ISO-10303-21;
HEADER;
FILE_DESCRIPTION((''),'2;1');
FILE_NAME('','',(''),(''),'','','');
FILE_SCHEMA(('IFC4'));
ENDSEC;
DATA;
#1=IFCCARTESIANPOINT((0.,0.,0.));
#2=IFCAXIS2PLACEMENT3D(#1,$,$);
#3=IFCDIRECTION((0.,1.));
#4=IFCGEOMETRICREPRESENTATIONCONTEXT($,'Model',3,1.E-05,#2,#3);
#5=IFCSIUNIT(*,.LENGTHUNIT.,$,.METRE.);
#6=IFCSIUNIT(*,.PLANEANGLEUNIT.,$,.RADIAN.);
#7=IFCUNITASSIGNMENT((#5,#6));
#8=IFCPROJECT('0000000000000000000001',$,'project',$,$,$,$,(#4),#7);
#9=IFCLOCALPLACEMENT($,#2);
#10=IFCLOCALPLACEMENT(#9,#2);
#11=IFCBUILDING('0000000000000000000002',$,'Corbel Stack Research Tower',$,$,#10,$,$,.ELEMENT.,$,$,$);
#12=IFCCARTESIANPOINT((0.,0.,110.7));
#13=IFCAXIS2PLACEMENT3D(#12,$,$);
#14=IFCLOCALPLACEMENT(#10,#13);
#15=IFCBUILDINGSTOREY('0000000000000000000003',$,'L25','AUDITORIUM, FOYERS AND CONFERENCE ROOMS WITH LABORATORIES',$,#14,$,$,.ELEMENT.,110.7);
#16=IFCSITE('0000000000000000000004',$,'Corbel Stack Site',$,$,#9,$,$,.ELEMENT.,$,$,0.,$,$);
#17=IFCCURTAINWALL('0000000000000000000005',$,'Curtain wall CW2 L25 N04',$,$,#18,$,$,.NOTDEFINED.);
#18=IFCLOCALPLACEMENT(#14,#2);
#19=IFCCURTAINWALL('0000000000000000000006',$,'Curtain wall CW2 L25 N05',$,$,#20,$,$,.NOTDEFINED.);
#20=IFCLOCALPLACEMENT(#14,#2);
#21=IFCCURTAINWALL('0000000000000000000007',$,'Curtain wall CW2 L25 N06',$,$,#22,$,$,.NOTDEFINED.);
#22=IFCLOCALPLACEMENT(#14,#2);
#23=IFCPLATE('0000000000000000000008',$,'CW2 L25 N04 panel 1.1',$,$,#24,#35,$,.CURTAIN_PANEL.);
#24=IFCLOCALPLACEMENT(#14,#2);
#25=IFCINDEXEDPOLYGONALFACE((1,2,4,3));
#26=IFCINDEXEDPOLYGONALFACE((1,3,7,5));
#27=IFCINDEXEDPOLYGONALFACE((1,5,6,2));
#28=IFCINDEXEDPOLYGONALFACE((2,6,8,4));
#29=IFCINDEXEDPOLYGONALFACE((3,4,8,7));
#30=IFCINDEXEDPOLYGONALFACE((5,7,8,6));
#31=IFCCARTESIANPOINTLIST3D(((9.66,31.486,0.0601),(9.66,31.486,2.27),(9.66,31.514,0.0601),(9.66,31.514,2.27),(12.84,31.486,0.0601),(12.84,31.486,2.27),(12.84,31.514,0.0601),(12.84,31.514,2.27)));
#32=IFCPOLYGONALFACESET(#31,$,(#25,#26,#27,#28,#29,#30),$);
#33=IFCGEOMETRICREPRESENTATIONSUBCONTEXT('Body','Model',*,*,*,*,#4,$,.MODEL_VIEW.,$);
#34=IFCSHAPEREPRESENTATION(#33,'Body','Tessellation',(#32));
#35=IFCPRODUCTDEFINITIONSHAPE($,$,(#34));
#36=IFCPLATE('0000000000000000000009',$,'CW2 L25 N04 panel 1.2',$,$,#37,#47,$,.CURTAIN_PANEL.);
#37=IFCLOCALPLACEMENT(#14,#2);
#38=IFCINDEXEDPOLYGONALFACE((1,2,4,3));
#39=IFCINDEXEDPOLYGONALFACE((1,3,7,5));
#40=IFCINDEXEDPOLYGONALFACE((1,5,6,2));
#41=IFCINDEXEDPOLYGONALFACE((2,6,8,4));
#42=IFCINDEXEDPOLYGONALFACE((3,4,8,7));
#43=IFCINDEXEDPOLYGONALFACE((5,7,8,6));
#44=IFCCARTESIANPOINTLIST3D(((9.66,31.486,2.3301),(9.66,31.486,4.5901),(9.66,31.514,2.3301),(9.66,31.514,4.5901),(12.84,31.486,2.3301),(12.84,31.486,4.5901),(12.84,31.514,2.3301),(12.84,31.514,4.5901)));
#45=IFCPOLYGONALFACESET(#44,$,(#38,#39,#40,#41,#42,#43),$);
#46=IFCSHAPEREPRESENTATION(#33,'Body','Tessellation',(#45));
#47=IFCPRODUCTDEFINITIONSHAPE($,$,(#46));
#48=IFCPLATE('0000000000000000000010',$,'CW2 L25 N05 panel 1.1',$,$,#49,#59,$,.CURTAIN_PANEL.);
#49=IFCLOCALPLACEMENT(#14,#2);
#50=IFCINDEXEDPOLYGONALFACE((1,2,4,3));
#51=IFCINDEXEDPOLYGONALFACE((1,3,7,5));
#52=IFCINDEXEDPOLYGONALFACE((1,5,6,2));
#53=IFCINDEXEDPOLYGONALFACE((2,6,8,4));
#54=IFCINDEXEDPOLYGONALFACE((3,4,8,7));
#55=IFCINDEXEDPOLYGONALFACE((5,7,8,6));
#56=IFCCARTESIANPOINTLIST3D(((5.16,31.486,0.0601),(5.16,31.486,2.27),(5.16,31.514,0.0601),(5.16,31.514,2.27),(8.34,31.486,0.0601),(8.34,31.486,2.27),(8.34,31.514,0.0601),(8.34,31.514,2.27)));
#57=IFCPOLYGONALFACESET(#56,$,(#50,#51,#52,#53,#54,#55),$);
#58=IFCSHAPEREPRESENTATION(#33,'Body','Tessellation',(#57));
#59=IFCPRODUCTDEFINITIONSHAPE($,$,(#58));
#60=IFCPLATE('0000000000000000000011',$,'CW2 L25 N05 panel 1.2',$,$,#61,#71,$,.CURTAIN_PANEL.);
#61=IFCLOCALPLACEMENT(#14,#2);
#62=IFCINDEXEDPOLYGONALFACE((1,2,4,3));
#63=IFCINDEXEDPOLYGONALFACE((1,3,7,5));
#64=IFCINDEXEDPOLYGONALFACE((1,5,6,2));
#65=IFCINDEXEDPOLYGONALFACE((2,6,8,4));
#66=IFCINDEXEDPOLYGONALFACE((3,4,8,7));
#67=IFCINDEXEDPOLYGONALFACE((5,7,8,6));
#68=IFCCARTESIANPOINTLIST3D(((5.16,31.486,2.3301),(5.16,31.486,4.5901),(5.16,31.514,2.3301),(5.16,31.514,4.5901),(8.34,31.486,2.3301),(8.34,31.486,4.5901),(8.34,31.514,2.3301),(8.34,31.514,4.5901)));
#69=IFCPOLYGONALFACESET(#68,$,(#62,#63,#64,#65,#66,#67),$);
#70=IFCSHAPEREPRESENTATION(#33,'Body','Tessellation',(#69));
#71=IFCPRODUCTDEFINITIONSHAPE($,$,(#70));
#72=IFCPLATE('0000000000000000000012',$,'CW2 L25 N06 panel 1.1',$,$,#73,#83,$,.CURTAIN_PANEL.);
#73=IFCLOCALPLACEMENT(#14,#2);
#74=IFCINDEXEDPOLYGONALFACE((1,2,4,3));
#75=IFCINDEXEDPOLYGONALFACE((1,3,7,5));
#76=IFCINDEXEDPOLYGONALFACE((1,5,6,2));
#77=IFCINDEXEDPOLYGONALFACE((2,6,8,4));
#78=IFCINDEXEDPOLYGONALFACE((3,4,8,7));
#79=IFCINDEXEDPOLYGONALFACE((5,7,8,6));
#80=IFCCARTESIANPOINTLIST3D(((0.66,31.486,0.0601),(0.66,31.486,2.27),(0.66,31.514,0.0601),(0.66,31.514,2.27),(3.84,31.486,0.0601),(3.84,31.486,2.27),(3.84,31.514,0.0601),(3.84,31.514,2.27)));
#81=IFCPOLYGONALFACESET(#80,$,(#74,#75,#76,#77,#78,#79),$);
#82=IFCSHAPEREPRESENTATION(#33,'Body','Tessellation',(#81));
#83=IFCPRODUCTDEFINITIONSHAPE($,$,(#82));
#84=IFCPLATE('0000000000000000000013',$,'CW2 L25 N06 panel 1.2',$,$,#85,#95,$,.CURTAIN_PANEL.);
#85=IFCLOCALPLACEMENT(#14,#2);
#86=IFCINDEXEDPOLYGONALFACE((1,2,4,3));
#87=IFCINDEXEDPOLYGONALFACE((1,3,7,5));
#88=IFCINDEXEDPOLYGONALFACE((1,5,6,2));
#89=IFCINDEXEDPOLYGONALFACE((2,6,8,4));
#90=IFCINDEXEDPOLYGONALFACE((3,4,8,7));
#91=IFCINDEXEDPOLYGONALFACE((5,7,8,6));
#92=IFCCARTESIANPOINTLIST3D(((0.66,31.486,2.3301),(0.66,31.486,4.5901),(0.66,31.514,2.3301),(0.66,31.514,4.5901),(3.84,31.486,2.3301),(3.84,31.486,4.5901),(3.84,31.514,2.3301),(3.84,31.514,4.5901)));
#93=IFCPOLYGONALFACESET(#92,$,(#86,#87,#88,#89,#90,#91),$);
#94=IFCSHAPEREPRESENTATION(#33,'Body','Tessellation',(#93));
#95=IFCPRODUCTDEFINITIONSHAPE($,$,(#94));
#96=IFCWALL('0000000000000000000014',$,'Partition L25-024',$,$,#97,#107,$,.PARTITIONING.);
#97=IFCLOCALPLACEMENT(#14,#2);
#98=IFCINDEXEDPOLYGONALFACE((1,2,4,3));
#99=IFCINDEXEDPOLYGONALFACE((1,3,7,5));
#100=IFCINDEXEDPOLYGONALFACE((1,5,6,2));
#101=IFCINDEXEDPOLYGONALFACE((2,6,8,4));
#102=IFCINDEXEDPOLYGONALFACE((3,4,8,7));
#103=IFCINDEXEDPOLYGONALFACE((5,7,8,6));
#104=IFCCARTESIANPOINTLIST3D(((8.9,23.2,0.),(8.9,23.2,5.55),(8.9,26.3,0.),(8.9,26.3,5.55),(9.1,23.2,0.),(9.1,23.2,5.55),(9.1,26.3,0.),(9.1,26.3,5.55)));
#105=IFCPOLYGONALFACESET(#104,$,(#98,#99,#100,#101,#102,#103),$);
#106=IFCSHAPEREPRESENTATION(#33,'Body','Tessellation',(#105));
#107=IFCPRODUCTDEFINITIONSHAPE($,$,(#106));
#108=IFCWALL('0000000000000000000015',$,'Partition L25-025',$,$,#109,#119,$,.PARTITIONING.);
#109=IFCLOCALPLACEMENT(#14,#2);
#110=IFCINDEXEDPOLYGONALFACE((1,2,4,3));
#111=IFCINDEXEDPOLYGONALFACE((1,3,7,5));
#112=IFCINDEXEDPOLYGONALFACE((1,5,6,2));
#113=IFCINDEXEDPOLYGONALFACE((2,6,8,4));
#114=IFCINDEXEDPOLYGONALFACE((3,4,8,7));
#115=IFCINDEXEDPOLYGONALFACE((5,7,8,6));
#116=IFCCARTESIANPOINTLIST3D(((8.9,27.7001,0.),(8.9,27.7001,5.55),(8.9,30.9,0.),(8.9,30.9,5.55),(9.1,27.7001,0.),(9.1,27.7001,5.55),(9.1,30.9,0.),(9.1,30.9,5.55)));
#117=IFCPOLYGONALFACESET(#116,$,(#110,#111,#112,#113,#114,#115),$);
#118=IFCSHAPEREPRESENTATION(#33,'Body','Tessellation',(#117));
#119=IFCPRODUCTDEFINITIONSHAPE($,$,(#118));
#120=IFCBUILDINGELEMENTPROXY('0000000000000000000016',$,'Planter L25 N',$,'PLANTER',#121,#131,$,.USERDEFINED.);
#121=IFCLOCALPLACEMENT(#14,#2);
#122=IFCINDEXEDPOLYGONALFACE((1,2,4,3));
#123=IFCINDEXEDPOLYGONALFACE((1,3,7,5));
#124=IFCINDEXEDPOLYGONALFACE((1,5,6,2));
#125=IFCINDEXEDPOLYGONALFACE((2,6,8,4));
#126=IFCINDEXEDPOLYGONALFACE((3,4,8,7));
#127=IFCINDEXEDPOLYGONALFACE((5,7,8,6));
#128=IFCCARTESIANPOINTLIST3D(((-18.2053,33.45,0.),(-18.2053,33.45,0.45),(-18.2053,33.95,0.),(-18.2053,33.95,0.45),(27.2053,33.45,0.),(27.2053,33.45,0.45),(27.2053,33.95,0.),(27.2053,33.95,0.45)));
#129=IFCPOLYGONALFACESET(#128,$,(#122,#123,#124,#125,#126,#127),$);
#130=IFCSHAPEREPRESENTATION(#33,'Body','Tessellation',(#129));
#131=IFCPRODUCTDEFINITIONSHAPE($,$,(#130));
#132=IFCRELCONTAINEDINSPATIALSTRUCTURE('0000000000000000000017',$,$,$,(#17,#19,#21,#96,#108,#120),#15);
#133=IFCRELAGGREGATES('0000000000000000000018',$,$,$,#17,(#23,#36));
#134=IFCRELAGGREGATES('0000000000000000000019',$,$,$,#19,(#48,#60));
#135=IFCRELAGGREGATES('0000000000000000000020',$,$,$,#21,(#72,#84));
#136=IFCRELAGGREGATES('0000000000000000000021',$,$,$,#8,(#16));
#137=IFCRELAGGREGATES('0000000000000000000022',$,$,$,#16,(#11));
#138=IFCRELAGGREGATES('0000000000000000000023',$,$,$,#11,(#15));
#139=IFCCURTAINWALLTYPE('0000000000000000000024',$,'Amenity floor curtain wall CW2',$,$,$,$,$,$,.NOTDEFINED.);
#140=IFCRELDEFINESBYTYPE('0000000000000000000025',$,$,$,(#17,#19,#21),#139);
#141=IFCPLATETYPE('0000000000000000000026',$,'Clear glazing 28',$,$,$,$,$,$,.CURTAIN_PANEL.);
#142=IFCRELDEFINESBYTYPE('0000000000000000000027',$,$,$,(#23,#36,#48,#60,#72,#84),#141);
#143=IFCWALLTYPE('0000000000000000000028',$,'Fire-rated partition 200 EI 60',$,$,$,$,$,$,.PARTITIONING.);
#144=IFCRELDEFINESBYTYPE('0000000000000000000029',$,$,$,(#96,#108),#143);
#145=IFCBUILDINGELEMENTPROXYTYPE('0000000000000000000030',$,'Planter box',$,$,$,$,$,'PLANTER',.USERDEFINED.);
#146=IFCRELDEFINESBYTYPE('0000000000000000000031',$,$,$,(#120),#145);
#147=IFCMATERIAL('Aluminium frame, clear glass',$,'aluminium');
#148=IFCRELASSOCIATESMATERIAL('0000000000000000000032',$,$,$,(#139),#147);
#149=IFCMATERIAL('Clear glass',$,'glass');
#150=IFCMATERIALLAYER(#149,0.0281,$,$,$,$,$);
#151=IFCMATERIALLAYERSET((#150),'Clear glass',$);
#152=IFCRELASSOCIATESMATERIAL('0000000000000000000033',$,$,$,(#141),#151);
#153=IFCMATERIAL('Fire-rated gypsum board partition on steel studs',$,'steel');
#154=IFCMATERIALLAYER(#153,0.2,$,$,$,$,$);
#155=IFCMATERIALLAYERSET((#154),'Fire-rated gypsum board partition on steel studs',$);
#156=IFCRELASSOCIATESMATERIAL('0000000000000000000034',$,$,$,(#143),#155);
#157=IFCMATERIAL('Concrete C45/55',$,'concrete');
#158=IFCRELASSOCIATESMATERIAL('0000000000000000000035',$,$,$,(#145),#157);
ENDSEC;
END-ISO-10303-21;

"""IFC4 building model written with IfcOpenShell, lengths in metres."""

from ifc_helpers import new_model, si_unit, direction, frame, frame_2d, origin, origin_2d, place, context, subcontext, project, spatial, rectangle, extrude, material, layer, layer_set, type_object, element, aggregate, save


model = new_model("IFC4")

# Units and contexts
model_context = context("Model", 3, precision=1e-05, world=origin(), true_north=direction((0.0, 1.0)))
body_context = subcontext(model_context, "Body", "Model", "MODEL_VIEW")
ifc_project = project(units=[si_unit("LENGTHUNIT", "METRE"), si_unit("PLANEANGLEUNIT", "RADIAN")], contexts=[model_context])

# Site, building, storey
site_placement = place(None, origin())
site = spatial("IfcSite", under=ifc_project, at=site_placement, Name="Corbel Stack Site", CompositionType="ELEMENT", RefElevation=0.0)
building_placement = place(site_placement, origin())
building = spatial("IfcBuilding", under=site, at=building_placement, Name="Corbel Stack Research Tower", CompositionType="ELEMENT")
storey_placement = place(building_placement, frame((0.0, 0.0, 110.7)))
storey = spatial("IfcBuildingStorey", under=building, at=storey_placement, Name="L25", Description="AUDITORIUM, FOYERS AND CONFERENCE ROOMS WITH LABORATORIES", CompositionType="ELEMENT", Elevation=110.7)

# Curtain walls
ifc_material_1 = material(Name="Aluminium frame, clear glass", Category="aluminium")
curtain_wall_type = type_object("IfcCurtainWallType", Name="Amenity floor curtain wall CW2", PredefinedType="NOTDEFINED", material=ifc_material_1)
curtain_wall_1_placement = place(storey_placement, origin())
curtain_wall_1 = element("IfcCurtainWall", 1, at=curtain_wall_1_placement, inside=storey, type_object=curtain_wall_type, Name="Curtain wall CW2 L25 N04", PredefinedType="NOTDEFINED")
curtain_wall_2_placement = place(storey_placement, origin())
curtain_wall_2 = element("IfcCurtainWall", 2, at=curtain_wall_2_placement, inside=storey, type_object=curtain_wall_type, Name="Curtain wall CW2 L25 N05", PredefinedType="NOTDEFINED")
curtain_wall_3_placement = place(storey_placement, origin())
curtain_wall_3 = element("IfcCurtainWall", 3, at=curtain_wall_3_placement, inside=storey, type_object=curtain_wall_type, Name="Curtain wall CW2 L25 N06", PredefinedType="NOTDEFINED")

# Plates
ifc_material_2 = material(Name="Clear glass", Category="glass")
ifc_layer_1 = layer(ifc_material_2, 0.0281)
ifc_layer_set_1 = layer_set([ifc_layer_1], Name="Clear glass")
plate_type = type_object("IfcPlateType", Name="Clear glazing 28", PredefinedType="CURTAIN_PANEL", material=ifc_layer_set_1)
plate_1_placement = place(storey_placement, frame((11.25, 31.5, 0.0601), z_axis=(0.0, 0.0, 1.0), x_axis=(-1.0, 0.0, 0.0)))
plate_1 = element("IfcPlate", 4, at=plate_1_placement, type_object=plate_type, Name="CW2 L25 N04 panel 1.1", PredefinedType="CURTAIN_PANEL", context=body_context, shape_type="SweptSolid", body=[
    extrude(rectangle(XDim=3.1799, YDim=0.0281, at=origin_2d()), origin(), (0.0, 0.0, 1.0), 2.21),
])
plate_2_placement = place(storey_placement, frame((11.25, 31.5, 2.3301), z_axis=(0.0, 0.0, 1.0), x_axis=(-1.0, 0.0, 0.0)))
plate_2 = element("IfcPlate", 5, at=plate_2_placement, type_object=plate_type, Name="CW2 L25 N04 panel 1.2", PredefinedType="CURTAIN_PANEL", context=body_context, shape_type="SweptSolid", body=[
    extrude(rectangle(XDim=3.1799, YDim=0.0281, at=origin_2d()), origin(), (0.0, 0.0, 1.0), 2.26),
])
aggregate(curtain_wall_1, [plate_1, plate_2])
plate_3_placement = place(storey_placement, frame((6.75, 31.5, 0.0601), z_axis=(0.0, 0.0, 1.0), x_axis=(-1.0, 0.0, 0.0)))
plate_3 = element("IfcPlate", 6, at=plate_3_placement, type_object=plate_type, Name="CW2 L25 N05 panel 1.1", PredefinedType="CURTAIN_PANEL", context=body_context, shape_type="SweptSolid", body=[
    extrude(rectangle(XDim=3.1799, YDim=0.0281, at=origin_2d()), origin(), (0.0, 0.0, 1.0), 2.21),
])
plate_4_placement = place(storey_placement, frame((6.75, 31.5, 2.3301), z_axis=(0.0, 0.0, 1.0), x_axis=(-1.0, 0.0, 0.0)))
plate_4 = element("IfcPlate", 7, at=plate_4_placement, type_object=plate_type, Name="CW2 L25 N05 panel 1.2", PredefinedType="CURTAIN_PANEL", context=body_context, shape_type="SweptSolid", body=[
    extrude(rectangle(XDim=3.1799, YDim=0.0281, at=origin_2d()), origin(), (0.0, 0.0, 1.0), 2.26),
])
aggregate(curtain_wall_2, [plate_3, plate_4])
plate_5_placement = place(storey_placement, frame((2.25, 31.5, 0.0601), z_axis=(0.0, 0.0, 1.0), x_axis=(-1.0, 0.0, 0.0)))
plate_5 = element("IfcPlate", 8, at=plate_5_placement, type_object=plate_type, Name="CW2 L25 N06 panel 1.1", PredefinedType="CURTAIN_PANEL", context=body_context, shape_type="SweptSolid", body=[
    extrude(rectangle(XDim=3.1799, YDim=0.0281, at=origin_2d()), origin(), (0.0, 0.0, 1.0), 2.21),
])
plate_6_placement = place(storey_placement, frame((2.25, 31.5, 2.3301), z_axis=(0.0, 0.0, 1.0), x_axis=(-1.0, 0.0, 0.0)))
plate_6 = element("IfcPlate", 9, at=plate_6_placement, type_object=plate_type, Name="CW2 L25 N06 panel 1.2", PredefinedType="CURTAIN_PANEL", context=body_context, shape_type="SweptSolid", body=[
    extrude(rectangle(XDim=3.1799, YDim=0.0281, at=origin_2d()), origin(), (0.0, 0.0, 1.0), 2.26),
])
aggregate(curtain_wall_3, [plate_5, plate_6])

# Walls
ifc_material_3 = material(Name="Fire-rated gypsum board partition on steel studs", Category="steel")
ifc_layer_2 = layer(ifc_material_3, 0.2)
ifc_layer_set_2 = layer_set([ifc_layer_2], Name="Fire-rated gypsum board partition on steel studs")
wall_type = type_object("IfcWallType", Name="Fire-rated partition 200 EI 60", PredefinedType="PARTITIONING", material=ifc_layer_set_2)
wall_1_placement = place(storey_placement, frame((9.0, 23.2, 0.0), z_axis=(0.0, 0.0, 1.0), x_axis=(0.0, 1.0, 0.0)))
element("IfcWall", 10, at=wall_1_placement, inside=storey, type_object=wall_type, Name="Partition L25-024", PredefinedType="PARTITIONING", context=body_context, shape_type="SweptSolid", body=[
    extrude(rectangle(XDim=3.1001, YDim=0.2, at=frame_2d((1.55, 0.0))), origin(), (0.0, 0.0, 1.0), 5.55),
])
wall_2_placement = place(storey_placement, frame((9.0, 27.7, 0.0), z_axis=(0.0, 0.0, 1.0), x_axis=(0.0, 1.0, 0.0)))
element("IfcWall", 11, at=wall_2_placement, inside=storey, type_object=wall_type, Name="Partition L25-025", PredefinedType="PARTITIONING", context=body_context, shape_type="SweptSolid", body=[
    extrude(rectangle(XDim=3.2, YDim=0.2, at=frame_2d((1.6001, 0.0))), origin(), (0.0, 0.0, 1.0), 5.55),
])

# Building element proxy
ifc_material_4 = material(Name="Concrete C45/55", Category="concrete")
building_element_proxy_type = type_object("IfcBuildingElementProxyType", Name="Planter box", ElementType="PLANTER", PredefinedType="USERDEFINED", material=ifc_material_4)
proxy_placement = place(storey_placement, frame((4.5, 33.7, 0.0), z_axis=(0.0, 0.0, 1.0), x_axis=(-1.0, 0.0, 0.0)))
element("IfcBuildingElementProxy", 12, at=proxy_placement, inside=storey, type_object=building_element_proxy_type, Name="Planter L25 N", ObjectType="PLANTER", PredefinedType="USERDEFINED", context=body_context, shape_type="SweptSolid", body=[
    extrude(rectangle(XDim=45.4106, YDim=0.5, at=origin_2d()), origin(), (0.0, 0.0, 1.0), 0.45),
])

save(model, "model.ifc")
